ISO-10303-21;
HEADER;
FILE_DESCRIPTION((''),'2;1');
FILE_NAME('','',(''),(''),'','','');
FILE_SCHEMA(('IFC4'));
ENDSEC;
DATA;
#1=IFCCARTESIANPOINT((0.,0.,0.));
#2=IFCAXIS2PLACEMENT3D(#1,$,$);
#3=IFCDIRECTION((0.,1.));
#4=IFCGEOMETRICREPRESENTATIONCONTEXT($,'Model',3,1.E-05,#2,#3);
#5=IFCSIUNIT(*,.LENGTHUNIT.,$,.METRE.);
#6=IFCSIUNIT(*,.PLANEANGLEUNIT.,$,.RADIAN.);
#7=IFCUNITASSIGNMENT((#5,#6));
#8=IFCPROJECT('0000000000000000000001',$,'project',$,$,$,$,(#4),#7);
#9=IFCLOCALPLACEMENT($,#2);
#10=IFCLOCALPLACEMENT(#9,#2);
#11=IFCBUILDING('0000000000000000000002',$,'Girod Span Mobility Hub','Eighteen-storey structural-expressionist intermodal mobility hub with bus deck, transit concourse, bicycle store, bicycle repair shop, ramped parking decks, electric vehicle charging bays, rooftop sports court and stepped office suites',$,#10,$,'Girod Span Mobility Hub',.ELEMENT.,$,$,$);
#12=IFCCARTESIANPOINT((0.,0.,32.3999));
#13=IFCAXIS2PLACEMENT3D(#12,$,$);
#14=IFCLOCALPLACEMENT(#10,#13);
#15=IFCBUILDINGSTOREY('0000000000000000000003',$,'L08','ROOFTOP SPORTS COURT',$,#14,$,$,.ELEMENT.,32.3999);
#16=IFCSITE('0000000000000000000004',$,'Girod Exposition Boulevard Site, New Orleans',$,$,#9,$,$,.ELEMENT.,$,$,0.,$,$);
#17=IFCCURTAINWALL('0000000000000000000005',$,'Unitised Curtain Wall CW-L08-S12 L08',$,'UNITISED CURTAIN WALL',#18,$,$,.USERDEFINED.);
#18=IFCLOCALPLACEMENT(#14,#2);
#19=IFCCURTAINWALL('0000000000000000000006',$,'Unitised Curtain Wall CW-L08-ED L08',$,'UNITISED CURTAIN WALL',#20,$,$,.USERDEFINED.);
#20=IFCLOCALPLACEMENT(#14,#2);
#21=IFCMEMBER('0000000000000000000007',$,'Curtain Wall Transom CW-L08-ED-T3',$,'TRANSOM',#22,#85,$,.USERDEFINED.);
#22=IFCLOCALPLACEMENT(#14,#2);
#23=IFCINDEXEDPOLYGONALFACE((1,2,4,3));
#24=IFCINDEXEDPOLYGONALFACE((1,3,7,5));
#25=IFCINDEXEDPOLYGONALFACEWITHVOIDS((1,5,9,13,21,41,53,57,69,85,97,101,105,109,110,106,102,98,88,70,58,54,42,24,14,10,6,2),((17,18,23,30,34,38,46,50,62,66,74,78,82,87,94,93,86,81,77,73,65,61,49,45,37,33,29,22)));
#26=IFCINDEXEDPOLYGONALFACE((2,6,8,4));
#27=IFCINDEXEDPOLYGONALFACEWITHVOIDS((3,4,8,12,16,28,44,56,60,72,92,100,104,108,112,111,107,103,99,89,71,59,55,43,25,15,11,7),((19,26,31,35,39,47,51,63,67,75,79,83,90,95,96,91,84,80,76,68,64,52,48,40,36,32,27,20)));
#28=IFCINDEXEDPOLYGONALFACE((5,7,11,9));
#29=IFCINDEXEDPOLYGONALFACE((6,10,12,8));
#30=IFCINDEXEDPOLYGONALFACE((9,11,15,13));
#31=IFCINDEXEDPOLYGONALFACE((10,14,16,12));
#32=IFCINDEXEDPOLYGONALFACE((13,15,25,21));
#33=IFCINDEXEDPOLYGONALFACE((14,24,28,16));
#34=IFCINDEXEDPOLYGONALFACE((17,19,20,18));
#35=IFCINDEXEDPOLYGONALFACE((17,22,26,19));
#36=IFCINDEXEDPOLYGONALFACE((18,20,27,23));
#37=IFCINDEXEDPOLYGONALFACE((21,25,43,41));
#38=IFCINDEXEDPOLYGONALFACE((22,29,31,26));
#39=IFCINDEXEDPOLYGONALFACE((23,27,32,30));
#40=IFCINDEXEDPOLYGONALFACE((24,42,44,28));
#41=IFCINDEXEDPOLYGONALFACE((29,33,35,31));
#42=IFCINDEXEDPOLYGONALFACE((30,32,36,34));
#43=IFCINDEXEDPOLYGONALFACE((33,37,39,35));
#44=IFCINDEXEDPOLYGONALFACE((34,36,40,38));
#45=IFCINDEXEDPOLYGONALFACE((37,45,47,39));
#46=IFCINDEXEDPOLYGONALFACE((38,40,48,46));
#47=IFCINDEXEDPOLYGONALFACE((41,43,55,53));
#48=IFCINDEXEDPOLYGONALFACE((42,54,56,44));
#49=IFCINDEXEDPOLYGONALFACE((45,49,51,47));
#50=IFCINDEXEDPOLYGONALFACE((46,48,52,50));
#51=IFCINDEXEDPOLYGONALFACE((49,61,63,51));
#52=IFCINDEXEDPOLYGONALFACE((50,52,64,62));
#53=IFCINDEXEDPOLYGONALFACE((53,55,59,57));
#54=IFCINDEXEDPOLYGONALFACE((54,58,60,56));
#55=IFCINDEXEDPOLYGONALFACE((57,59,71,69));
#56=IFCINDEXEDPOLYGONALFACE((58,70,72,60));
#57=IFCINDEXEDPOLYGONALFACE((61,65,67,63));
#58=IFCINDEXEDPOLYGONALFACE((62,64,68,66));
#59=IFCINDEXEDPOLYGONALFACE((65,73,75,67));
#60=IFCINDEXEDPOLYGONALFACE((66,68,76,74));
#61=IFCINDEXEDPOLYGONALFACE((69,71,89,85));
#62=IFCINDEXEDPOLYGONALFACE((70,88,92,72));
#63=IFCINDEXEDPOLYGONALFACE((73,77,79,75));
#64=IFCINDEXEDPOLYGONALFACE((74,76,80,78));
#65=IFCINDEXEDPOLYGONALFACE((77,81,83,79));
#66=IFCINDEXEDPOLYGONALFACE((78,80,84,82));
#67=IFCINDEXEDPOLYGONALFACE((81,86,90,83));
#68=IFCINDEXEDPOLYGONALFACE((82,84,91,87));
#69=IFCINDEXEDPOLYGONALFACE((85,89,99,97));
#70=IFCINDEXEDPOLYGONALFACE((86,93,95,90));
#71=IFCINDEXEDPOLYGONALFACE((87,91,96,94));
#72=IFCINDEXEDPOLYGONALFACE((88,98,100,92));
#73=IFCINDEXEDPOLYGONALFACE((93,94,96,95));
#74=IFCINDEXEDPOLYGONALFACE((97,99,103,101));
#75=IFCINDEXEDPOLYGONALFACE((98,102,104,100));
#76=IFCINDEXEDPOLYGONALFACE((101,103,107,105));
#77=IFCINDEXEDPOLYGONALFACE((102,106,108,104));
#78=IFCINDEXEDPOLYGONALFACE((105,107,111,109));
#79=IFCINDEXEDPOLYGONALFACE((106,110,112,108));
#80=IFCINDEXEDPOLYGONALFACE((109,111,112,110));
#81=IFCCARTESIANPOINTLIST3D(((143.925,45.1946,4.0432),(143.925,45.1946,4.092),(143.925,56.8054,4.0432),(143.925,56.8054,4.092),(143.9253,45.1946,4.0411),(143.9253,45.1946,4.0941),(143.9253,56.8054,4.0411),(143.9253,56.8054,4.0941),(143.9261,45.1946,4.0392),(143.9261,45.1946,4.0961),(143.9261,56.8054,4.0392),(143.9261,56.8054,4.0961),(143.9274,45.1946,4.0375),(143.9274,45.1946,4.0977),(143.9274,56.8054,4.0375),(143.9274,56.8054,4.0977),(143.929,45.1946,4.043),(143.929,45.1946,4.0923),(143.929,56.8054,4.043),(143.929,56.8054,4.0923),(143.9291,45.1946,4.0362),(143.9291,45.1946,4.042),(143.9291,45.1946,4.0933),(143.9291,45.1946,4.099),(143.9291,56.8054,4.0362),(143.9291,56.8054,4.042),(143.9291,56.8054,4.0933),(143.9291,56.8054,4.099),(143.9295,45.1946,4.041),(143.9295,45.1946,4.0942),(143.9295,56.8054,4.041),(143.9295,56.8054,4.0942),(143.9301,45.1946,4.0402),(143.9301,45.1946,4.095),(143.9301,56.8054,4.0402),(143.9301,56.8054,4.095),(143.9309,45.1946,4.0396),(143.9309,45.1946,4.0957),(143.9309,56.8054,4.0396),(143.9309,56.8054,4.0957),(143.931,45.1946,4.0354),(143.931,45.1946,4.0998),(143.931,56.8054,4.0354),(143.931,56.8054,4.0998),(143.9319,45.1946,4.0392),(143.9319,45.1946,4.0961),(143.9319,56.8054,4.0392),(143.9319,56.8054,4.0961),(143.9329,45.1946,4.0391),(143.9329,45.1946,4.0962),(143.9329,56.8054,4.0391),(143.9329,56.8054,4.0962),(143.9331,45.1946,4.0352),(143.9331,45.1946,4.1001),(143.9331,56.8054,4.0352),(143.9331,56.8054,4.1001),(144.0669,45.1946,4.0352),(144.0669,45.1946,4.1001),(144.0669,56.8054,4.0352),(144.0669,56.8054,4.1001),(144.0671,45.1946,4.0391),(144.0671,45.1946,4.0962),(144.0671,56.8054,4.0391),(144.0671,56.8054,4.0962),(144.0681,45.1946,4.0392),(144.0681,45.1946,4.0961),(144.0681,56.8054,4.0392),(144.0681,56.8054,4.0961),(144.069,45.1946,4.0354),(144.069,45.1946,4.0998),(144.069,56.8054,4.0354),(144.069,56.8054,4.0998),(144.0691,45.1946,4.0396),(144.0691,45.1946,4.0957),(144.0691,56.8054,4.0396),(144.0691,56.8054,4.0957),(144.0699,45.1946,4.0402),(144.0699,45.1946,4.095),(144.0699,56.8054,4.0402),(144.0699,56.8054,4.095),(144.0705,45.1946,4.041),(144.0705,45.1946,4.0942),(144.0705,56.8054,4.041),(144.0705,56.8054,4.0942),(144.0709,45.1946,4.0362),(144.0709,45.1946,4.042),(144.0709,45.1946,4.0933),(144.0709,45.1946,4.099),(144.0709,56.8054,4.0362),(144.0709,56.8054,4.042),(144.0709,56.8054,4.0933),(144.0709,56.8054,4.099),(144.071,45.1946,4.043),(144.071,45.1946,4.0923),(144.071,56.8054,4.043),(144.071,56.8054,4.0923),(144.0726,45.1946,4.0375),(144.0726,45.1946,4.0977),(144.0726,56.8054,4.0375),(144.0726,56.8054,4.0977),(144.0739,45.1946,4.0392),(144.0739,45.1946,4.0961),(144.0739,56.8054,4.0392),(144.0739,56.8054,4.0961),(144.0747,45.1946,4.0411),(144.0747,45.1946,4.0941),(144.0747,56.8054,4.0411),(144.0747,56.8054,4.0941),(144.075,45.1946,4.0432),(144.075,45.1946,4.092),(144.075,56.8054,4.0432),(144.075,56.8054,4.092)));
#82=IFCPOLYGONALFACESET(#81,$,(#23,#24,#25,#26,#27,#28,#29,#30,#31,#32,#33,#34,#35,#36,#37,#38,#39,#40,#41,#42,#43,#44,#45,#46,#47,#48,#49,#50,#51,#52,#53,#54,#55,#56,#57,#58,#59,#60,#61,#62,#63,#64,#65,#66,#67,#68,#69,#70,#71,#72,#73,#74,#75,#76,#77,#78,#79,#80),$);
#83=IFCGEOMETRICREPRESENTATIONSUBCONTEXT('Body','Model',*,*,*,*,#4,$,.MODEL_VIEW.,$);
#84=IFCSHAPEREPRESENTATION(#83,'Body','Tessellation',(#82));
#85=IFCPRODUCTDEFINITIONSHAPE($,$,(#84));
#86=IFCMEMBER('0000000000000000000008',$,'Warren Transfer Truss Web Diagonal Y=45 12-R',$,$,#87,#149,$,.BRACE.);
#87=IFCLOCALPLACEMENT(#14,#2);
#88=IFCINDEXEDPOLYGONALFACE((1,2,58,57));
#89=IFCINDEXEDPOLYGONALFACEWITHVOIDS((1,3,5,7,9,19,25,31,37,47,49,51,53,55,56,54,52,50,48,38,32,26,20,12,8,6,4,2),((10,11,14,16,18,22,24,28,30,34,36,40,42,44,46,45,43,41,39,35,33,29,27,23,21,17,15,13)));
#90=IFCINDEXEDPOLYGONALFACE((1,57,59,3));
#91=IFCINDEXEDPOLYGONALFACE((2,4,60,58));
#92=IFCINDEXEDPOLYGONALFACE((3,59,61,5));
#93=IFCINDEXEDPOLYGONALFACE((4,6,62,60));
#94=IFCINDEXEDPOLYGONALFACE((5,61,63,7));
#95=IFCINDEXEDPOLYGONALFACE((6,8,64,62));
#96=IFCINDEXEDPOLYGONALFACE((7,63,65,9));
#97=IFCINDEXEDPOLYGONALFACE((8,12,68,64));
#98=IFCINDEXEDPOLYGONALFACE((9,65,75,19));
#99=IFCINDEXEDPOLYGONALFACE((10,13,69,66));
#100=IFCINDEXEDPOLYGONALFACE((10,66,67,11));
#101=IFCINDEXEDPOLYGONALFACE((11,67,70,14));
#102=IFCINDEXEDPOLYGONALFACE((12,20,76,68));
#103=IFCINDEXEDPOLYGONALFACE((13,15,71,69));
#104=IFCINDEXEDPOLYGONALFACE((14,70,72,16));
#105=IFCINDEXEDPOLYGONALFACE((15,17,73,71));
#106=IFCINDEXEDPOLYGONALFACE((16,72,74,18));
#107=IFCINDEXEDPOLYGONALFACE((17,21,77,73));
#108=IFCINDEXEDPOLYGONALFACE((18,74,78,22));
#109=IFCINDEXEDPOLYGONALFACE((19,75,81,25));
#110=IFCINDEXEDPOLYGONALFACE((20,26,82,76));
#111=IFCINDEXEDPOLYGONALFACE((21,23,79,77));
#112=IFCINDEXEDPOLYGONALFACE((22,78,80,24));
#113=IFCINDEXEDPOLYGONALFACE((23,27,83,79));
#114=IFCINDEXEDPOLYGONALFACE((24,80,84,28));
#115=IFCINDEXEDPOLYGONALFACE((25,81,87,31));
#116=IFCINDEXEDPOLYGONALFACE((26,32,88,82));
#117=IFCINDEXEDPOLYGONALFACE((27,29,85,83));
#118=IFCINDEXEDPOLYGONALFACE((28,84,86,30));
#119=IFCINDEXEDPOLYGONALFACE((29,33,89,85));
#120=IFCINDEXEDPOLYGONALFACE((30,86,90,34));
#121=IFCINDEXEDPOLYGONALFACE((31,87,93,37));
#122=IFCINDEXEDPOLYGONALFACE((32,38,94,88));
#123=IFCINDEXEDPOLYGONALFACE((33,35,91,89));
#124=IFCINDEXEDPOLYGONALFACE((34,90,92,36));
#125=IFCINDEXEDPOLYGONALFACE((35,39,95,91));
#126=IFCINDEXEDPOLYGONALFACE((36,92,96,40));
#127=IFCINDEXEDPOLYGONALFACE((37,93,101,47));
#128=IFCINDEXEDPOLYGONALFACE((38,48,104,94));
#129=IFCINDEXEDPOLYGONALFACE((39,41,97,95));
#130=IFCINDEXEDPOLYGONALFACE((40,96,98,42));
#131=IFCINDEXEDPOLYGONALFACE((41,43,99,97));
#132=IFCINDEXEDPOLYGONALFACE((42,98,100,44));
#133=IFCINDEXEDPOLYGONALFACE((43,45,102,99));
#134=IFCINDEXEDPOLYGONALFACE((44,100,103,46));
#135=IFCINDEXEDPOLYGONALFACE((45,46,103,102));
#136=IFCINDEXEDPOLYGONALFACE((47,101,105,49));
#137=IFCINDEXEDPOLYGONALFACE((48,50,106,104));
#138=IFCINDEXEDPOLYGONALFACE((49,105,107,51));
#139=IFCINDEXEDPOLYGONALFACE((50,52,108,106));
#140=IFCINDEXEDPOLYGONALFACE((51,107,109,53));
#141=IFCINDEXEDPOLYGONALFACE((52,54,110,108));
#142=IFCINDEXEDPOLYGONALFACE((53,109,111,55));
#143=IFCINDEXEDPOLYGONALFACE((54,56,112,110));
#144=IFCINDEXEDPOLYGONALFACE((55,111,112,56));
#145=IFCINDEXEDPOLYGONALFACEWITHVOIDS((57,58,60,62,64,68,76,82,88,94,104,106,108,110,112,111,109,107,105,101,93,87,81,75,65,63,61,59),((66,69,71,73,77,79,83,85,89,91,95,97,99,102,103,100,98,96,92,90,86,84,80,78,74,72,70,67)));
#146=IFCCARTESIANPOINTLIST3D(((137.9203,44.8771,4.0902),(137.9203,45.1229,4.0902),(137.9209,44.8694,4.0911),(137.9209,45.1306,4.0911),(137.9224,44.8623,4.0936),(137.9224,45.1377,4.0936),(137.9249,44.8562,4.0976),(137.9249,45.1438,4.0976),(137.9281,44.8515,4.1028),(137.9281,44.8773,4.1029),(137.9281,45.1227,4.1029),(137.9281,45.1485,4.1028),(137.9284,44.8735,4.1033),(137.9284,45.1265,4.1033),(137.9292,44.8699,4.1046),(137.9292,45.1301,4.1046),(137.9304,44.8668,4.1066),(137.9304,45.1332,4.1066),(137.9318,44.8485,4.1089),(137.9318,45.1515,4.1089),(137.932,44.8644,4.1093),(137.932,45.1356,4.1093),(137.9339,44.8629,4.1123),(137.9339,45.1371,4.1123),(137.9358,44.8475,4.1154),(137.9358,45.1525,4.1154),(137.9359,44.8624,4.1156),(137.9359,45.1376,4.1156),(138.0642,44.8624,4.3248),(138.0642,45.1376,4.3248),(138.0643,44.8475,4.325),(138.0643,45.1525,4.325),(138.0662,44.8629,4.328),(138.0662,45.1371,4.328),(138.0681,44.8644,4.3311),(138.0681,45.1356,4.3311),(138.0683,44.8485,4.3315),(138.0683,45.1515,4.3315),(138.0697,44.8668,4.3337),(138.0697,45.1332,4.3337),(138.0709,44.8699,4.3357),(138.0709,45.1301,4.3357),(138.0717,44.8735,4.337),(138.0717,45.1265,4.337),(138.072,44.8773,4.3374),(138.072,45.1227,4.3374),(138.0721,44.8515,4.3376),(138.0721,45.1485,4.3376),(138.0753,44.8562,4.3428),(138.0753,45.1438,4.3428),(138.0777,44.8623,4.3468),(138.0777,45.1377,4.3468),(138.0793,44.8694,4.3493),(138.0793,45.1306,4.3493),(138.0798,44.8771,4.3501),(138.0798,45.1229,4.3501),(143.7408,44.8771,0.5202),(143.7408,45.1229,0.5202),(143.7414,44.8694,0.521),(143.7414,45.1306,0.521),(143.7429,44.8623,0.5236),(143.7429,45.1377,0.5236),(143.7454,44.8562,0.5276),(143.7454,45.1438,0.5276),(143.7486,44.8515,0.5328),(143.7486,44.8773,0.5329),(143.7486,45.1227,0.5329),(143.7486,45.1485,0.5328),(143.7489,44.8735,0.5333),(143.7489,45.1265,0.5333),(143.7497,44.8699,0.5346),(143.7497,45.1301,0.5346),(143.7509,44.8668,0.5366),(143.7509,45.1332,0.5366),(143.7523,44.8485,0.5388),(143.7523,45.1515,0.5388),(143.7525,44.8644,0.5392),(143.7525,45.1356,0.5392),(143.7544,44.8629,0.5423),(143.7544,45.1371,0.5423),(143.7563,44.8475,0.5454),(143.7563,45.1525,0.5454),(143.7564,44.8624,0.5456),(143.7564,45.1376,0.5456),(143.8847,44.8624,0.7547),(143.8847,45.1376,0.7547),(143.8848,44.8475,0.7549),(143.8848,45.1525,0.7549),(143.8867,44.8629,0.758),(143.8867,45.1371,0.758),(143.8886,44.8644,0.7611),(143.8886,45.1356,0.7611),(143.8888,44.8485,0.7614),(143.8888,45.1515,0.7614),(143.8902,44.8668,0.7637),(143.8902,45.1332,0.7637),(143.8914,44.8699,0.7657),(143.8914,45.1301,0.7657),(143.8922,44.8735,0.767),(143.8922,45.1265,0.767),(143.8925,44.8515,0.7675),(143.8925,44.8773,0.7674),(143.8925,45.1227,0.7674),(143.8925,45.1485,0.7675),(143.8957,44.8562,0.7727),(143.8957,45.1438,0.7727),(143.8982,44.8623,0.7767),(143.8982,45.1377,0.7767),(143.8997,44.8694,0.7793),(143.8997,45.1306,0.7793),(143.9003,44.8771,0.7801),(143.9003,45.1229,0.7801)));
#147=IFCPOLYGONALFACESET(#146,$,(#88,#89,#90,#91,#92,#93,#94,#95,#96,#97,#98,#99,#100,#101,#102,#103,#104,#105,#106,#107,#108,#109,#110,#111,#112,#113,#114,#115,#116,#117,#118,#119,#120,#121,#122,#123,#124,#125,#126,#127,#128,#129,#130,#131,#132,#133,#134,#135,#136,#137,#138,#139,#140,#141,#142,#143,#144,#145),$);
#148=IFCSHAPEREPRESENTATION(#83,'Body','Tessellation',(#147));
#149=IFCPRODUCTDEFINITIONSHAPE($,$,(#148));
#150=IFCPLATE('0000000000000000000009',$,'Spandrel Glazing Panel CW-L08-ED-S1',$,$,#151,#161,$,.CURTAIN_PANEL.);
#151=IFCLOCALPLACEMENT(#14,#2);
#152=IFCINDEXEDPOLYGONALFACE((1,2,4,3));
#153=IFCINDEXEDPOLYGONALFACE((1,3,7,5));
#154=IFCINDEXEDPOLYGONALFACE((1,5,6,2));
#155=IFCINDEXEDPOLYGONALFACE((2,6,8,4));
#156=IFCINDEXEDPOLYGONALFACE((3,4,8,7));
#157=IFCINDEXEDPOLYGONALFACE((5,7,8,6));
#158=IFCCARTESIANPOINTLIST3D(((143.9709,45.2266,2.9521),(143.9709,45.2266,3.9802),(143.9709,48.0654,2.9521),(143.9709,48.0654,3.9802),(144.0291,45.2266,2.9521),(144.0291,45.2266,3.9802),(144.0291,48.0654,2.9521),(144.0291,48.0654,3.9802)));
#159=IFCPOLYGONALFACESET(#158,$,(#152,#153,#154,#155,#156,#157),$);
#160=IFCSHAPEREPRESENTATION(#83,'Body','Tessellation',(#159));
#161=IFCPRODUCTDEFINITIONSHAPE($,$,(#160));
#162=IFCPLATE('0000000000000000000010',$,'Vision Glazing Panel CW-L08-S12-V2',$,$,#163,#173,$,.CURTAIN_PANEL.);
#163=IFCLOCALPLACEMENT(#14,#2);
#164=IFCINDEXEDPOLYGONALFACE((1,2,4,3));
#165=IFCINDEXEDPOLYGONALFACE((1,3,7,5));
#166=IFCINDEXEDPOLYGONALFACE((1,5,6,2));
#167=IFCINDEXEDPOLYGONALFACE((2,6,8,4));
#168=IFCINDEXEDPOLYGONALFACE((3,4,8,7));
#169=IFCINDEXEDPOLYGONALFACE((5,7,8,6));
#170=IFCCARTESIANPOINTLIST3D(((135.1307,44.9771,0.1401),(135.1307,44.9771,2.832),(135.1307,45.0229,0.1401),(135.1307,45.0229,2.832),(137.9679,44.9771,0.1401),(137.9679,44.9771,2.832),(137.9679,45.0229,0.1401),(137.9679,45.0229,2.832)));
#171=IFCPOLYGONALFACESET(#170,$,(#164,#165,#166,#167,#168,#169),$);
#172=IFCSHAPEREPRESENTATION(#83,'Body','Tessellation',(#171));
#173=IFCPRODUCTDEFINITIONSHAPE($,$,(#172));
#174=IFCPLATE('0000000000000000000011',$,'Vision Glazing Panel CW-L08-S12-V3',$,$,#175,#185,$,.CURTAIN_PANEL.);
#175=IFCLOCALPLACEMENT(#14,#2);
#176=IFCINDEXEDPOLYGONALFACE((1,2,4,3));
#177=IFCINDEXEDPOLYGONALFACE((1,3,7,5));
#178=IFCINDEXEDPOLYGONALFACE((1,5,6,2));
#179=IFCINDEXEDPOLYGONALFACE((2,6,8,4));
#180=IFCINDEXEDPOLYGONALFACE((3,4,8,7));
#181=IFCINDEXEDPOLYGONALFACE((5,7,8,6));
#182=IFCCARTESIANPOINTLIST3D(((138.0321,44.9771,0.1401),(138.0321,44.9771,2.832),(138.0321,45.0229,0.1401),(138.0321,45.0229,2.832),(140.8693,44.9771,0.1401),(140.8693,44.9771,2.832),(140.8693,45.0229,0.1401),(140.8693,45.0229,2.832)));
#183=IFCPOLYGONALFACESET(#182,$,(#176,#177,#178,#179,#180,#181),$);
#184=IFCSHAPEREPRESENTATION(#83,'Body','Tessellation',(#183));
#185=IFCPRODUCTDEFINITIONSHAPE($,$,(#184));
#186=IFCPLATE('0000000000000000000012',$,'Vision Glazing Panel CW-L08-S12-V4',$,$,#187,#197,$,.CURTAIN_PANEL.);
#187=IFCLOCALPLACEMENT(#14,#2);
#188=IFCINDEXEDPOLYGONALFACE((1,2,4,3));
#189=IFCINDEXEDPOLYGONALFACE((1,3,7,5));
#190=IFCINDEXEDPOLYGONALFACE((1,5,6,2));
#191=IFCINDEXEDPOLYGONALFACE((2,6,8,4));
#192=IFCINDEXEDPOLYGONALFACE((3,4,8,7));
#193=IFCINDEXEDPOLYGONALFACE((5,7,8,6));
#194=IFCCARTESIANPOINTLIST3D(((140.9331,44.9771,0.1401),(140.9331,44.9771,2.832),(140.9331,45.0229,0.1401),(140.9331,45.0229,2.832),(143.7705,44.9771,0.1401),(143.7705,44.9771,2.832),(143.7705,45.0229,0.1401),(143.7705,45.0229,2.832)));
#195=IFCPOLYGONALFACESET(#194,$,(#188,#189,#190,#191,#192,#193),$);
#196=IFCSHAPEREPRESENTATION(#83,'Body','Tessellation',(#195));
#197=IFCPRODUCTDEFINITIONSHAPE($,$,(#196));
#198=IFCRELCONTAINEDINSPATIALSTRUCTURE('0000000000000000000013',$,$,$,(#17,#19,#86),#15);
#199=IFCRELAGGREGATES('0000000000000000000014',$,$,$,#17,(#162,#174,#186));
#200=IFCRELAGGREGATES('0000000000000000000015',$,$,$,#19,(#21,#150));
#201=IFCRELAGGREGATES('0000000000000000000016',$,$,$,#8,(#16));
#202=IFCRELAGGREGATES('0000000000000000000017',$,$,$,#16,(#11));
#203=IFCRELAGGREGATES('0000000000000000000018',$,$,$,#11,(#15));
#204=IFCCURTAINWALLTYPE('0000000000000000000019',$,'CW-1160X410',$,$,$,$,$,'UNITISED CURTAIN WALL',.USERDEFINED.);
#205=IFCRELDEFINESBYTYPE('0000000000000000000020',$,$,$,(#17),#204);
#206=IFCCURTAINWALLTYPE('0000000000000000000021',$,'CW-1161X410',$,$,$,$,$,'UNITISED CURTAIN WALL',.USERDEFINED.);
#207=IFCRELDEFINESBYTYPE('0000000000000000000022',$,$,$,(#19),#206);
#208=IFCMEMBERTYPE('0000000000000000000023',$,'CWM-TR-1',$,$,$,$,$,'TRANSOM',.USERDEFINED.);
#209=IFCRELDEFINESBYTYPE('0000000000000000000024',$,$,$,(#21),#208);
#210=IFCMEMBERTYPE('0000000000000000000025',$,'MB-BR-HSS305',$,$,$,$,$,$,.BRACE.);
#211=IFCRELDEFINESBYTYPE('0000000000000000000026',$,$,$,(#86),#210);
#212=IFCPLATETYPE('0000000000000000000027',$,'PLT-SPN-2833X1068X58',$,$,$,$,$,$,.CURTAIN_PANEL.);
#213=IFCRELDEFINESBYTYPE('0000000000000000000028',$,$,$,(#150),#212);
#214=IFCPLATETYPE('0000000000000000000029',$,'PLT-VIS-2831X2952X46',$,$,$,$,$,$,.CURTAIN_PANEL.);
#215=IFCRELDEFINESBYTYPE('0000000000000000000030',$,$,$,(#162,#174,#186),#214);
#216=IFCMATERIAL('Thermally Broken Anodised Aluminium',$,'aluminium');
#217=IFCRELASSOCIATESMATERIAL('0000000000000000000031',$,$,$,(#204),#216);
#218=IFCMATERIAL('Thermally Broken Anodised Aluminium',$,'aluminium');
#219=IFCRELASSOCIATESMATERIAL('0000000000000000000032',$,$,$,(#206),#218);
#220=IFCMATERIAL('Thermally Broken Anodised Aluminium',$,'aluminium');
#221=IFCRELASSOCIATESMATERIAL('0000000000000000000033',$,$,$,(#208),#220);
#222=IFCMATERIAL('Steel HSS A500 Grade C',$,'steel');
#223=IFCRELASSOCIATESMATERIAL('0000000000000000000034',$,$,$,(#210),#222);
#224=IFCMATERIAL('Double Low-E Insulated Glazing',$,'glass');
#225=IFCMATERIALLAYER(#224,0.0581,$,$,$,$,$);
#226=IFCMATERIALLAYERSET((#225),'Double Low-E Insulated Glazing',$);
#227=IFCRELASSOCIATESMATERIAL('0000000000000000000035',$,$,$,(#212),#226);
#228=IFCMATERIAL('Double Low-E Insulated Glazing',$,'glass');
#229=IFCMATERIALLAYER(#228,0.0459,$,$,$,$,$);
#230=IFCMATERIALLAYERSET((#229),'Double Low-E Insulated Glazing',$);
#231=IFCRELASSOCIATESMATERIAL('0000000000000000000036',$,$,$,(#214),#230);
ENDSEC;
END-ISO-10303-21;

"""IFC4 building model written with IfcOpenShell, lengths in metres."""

from ifc_helpers import new_model, si_unit, direction, frame, origin, origin_2d, place, context, subcontext, project, spatial, rectangle, hollow_rectangle, extrude, material, layer, layer_set, material_profile, profile_set, type_object, element, aggregate, save


model = new_model("IFC4")

# Units and contexts
model_context = context("Model", 3, precision=1e-05, world=origin(), true_north=direction((0.0, 1.0)))
body_context = subcontext(model_context, "Body", "Model", "MODEL_VIEW")
ifc_project = project(units=[si_unit("LENGTHUNIT", "METRE"), si_unit("PLANEANGLEUNIT", "RADIAN")], contexts=[model_context])

# Site, building, storey
site_placement = place(None, origin())
site = spatial("IfcSite", under=ifc_project, at=site_placement, Name="Girod Exposition Boulevard Site, New Orleans", CompositionType="ELEMENT", RefElevation=0.0)
building_placement = place(site_placement, origin())
building = spatial("IfcBuilding", under=site, at=building_placement, Name="Girod Span Mobility Hub", Description="Eighteen-storey structural-expressionist intermodal mobility hub with bus deck, transit concourse, bicycle store, bicycle repair shop, ramped parking decks, electric vehicle charging bays, rooftop sports court and stepped office suites", LongName="Girod Span Mobility Hub", CompositionType="ELEMENT")
storey_placement = place(building_placement, frame((0.0, 0.0, 32.3999)))
storey = spatial("IfcBuildingStorey", under=building, at=storey_placement, Name="L08", Description="ROOFTOP SPORTS COURT", CompositionType="ELEMENT", Elevation=32.3999)

# Curtain walls, member
ifc_material_1 = material(Name="Thermally Broken Anodised Aluminium", Category="aluminium")
curtain_wall_type_1 = type_object("IfcCurtainWallType", Name="CW-1160X410", ElementType="UNITISED CURTAIN WALL", PredefinedType="USERDEFINED", material=ifc_material_1)
curtain_wall_1_placement = place(storey_placement, origin())
curtain_wall_1 = element("IfcCurtainWall", 1, at=curtain_wall_1_placement, inside=storey, type_object=curtain_wall_type_1, Name="Unitised Curtain Wall CW-L08-S12 L08", ObjectType="UNITISED CURTAIN WALL", PredefinedType="USERDEFINED")
ifc_material_2 = material(Name="Thermally Broken Anodised Aluminium", Category="aluminium")
curtain_wall_type_2 = type_object("IfcCurtainWallType", Name="CW-1161X410", ElementType="UNITISED CURTAIN WALL", PredefinedType="USERDEFINED", material=ifc_material_2)
curtain_wall_2_placement = place(storey_placement, origin())
curtain_wall_2 = element("IfcCurtainWall", 2, at=curtain_wall_2_placement, inside=storey, type_object=curtain_wall_type_2, Name="Unitised Curtain Wall CW-L08-ED L08", ObjectType="UNITISED CURTAIN WALL", PredefinedType="USERDEFINED")
ifc_material_3 = material(Name="Thermally Broken Anodised Aluminium", Category="aluminium")
ifc_material_profile_1 = material_profile(ifc_material_3, hollow_rectangle(XDim=0.1499, YDim=0.0649, WallThickness=0.0039, InnerFilletRadius=0.0039, OuterFilletRadius=0.0081, at=origin_2d()), Name="CW-TR-65X150")
ifc_profile_set_1 = profile_set([ifc_material_profile_1], Name="Thermally Broken Anodised Aluminium")
member_type_1 = type_object("IfcMemberType", Name="CWM-TR-1", ElementType="TRANSOM", PredefinedType="USERDEFINED", material=ifc_profile_set_1)
member_1_placement = place(storey_placement, frame((144.0, 45.1946, 4.0676), z_axis=(0.0, 1.0, 0.0), x_axis=(-1.0, 0.0, 0.0)))
member_1 = element("IfcMember", 3, at=member_1_placement, type_object=member_type_1, Name="Curtain Wall Transom CW-L08-ED-T3", ObjectType="TRANSOM", PredefinedType="USERDEFINED", context=body_context, shape_type="SweptSolid", body=[
    extrude(hollow_rectangle(XDim=0.1499, YDim=0.0649, WallThickness=0.0039, InnerFilletRadius=0.0039, OuterFilletRadius=0.0081, at=origin_2d()), origin(), (0.0, 0.0, 1.0), 11.6108),
])

# Member
ifc_material_4 = material(Name="Steel HSS A500 Grade C", Category="steel")
ifc_material_profile_2 = material_profile(ifc_material_4, hollow_rectangle(XDim=0.3049, YDim=0.3049, WallThickness=0.0149, InnerFilletRadius=0.0149, OuterFilletRadius=0.0295, at=origin_2d()), Name="HSS305X305X16")
ifc_profile_set_2 = profile_set([ifc_material_profile_2], Name="Steel HSS A500 Grade C")
member_type_2 = type_object("IfcMemberType", Name="MB-BR-HSS305", PredefinedType="BRACE", material=ifc_profile_set_2)
member_2_placement = place(storey_placement, frame((143.8206, 45.0, 0.6501), z_axis=(-0.85243, 0.0, 0.522842), x_axis=(0.0, -1.0, 0.0)))
element("IfcMember", 4, at=member_2_placement, inside=storey, type_object=member_type_2, Name="Warren Transfer Truss Web Diagonal Y=45 12-R", PredefinedType="BRACE", context=body_context, shape_type="SweptSolid", body=[
    extrude(hollow_rectangle(XDim=0.3049, YDim=0.3049, WallThickness=0.0149, InnerFilletRadius=0.0149, OuterFilletRadius=0.0295, at=origin_2d()), origin(), (0.0, 0.0, 1.0), 6.8281),
])

# Plates
ifc_material_5 = material(Name="Double Low-E Insulated Glazing", Category="glass")
ifc_layer_1 = layer(ifc_material_5, 0.0581)
ifc_layer_set_1 = layer_set([ifc_layer_1], Name="Double Low-E Insulated Glazing")
plate_type_1 = type_object("IfcPlateType", Name="PLT-SPN-2833X1068X58", PredefinedType="CURTAIN_PANEL", material=ifc_layer_set_1)
plate_1_placement = place(storey_placement, frame((144.0, 46.646, 2.9521), z_axis=(0.0, 0.0, 1.0), x_axis=(0.0, 1.0, 0.0)))
plate_1 = element("IfcPlate", 5, at=plate_1_placement, type_object=plate_type_1, Name="Spandrel Glazing Panel CW-L08-ED-S1", PredefinedType="CURTAIN_PANEL", context=body_context, shape_type="SweptSolid", body=[
    extrude(rectangle(XDim=2.8389, YDim=0.0581, at=origin_2d()), origin(), (0.0, 0.0, 1.0), 1.0281),
])
ifc_material_6 = material(Name="Double Low-E Insulated Glazing", Category="glass")
ifc_layer_2 = layer(ifc_material_6, 0.0459)
ifc_layer_set_2 = layer_set([ifc_layer_2], Name="Double Low-E Insulated Glazing")
plate_type_2 = type_object("IfcPlateType", Name="PLT-VIS-2831X2952X46", PredefinedType="CURTAIN_PANEL", material=ifc_layer_set_2)
plate_2_placement = place(storey_placement, frame((136.5493, 45.0, 0.1401), z_axis=(0.0, 0.0, 1.0), x_axis=(1.0, 0.0, 0.0)))
plate_2 = element("IfcPlate", 6, at=plate_2_placement, type_object=plate_type_2, Name="Vision Glazing Panel CW-L08-S12-V2", PredefinedType="CURTAIN_PANEL", context=body_context, shape_type="SweptSolid", body=[
    extrude(rectangle(XDim=2.8372, YDim=0.0459, at=origin_2d()), origin(), (0.0, 0.0, 1.0), 2.6919),
])
plate_3_placement = place(storey_placement, frame((139.4507, 45.0, 0.1401), z_axis=(0.0, 0.0, 1.0), x_axis=(1.0, 0.0, 0.0)))
plate_3 = element("IfcPlate", 7, at=plate_3_placement, type_object=plate_type_2, Name="Vision Glazing Panel CW-L08-S12-V3", PredefinedType="CURTAIN_PANEL", context=body_context, shape_type="SweptSolid", body=[
    extrude(rectangle(XDim=2.8372, YDim=0.0459, at=origin_2d()), origin(), (0.0, 0.0, 1.0), 2.6919),
])
plate_4_placement = place(storey_placement, frame((142.3518, 45.0, 0.1401), z_axis=(0.0, 0.0, 1.0), x_axis=(1.0, 0.0, 0.0)))
plate_4 = element("IfcPlate", 8, at=plate_4_placement, type_object=plate_type_2, Name="Vision Glazing Panel CW-L08-S12-V4", PredefinedType="CURTAIN_PANEL", context=body_context, shape_type="SweptSolid", body=[
    extrude(rectangle(XDim=2.8374, YDim=0.0459, at=origin_2d()), origin(), (0.0, 0.0, 1.0), 2.6919),
])
aggregate(curtain_wall_1, [plate_2, plate_3, plate_4])
aggregate(curtain_wall_2, [member_1, plate_1])

save(model, "model.ifc")
